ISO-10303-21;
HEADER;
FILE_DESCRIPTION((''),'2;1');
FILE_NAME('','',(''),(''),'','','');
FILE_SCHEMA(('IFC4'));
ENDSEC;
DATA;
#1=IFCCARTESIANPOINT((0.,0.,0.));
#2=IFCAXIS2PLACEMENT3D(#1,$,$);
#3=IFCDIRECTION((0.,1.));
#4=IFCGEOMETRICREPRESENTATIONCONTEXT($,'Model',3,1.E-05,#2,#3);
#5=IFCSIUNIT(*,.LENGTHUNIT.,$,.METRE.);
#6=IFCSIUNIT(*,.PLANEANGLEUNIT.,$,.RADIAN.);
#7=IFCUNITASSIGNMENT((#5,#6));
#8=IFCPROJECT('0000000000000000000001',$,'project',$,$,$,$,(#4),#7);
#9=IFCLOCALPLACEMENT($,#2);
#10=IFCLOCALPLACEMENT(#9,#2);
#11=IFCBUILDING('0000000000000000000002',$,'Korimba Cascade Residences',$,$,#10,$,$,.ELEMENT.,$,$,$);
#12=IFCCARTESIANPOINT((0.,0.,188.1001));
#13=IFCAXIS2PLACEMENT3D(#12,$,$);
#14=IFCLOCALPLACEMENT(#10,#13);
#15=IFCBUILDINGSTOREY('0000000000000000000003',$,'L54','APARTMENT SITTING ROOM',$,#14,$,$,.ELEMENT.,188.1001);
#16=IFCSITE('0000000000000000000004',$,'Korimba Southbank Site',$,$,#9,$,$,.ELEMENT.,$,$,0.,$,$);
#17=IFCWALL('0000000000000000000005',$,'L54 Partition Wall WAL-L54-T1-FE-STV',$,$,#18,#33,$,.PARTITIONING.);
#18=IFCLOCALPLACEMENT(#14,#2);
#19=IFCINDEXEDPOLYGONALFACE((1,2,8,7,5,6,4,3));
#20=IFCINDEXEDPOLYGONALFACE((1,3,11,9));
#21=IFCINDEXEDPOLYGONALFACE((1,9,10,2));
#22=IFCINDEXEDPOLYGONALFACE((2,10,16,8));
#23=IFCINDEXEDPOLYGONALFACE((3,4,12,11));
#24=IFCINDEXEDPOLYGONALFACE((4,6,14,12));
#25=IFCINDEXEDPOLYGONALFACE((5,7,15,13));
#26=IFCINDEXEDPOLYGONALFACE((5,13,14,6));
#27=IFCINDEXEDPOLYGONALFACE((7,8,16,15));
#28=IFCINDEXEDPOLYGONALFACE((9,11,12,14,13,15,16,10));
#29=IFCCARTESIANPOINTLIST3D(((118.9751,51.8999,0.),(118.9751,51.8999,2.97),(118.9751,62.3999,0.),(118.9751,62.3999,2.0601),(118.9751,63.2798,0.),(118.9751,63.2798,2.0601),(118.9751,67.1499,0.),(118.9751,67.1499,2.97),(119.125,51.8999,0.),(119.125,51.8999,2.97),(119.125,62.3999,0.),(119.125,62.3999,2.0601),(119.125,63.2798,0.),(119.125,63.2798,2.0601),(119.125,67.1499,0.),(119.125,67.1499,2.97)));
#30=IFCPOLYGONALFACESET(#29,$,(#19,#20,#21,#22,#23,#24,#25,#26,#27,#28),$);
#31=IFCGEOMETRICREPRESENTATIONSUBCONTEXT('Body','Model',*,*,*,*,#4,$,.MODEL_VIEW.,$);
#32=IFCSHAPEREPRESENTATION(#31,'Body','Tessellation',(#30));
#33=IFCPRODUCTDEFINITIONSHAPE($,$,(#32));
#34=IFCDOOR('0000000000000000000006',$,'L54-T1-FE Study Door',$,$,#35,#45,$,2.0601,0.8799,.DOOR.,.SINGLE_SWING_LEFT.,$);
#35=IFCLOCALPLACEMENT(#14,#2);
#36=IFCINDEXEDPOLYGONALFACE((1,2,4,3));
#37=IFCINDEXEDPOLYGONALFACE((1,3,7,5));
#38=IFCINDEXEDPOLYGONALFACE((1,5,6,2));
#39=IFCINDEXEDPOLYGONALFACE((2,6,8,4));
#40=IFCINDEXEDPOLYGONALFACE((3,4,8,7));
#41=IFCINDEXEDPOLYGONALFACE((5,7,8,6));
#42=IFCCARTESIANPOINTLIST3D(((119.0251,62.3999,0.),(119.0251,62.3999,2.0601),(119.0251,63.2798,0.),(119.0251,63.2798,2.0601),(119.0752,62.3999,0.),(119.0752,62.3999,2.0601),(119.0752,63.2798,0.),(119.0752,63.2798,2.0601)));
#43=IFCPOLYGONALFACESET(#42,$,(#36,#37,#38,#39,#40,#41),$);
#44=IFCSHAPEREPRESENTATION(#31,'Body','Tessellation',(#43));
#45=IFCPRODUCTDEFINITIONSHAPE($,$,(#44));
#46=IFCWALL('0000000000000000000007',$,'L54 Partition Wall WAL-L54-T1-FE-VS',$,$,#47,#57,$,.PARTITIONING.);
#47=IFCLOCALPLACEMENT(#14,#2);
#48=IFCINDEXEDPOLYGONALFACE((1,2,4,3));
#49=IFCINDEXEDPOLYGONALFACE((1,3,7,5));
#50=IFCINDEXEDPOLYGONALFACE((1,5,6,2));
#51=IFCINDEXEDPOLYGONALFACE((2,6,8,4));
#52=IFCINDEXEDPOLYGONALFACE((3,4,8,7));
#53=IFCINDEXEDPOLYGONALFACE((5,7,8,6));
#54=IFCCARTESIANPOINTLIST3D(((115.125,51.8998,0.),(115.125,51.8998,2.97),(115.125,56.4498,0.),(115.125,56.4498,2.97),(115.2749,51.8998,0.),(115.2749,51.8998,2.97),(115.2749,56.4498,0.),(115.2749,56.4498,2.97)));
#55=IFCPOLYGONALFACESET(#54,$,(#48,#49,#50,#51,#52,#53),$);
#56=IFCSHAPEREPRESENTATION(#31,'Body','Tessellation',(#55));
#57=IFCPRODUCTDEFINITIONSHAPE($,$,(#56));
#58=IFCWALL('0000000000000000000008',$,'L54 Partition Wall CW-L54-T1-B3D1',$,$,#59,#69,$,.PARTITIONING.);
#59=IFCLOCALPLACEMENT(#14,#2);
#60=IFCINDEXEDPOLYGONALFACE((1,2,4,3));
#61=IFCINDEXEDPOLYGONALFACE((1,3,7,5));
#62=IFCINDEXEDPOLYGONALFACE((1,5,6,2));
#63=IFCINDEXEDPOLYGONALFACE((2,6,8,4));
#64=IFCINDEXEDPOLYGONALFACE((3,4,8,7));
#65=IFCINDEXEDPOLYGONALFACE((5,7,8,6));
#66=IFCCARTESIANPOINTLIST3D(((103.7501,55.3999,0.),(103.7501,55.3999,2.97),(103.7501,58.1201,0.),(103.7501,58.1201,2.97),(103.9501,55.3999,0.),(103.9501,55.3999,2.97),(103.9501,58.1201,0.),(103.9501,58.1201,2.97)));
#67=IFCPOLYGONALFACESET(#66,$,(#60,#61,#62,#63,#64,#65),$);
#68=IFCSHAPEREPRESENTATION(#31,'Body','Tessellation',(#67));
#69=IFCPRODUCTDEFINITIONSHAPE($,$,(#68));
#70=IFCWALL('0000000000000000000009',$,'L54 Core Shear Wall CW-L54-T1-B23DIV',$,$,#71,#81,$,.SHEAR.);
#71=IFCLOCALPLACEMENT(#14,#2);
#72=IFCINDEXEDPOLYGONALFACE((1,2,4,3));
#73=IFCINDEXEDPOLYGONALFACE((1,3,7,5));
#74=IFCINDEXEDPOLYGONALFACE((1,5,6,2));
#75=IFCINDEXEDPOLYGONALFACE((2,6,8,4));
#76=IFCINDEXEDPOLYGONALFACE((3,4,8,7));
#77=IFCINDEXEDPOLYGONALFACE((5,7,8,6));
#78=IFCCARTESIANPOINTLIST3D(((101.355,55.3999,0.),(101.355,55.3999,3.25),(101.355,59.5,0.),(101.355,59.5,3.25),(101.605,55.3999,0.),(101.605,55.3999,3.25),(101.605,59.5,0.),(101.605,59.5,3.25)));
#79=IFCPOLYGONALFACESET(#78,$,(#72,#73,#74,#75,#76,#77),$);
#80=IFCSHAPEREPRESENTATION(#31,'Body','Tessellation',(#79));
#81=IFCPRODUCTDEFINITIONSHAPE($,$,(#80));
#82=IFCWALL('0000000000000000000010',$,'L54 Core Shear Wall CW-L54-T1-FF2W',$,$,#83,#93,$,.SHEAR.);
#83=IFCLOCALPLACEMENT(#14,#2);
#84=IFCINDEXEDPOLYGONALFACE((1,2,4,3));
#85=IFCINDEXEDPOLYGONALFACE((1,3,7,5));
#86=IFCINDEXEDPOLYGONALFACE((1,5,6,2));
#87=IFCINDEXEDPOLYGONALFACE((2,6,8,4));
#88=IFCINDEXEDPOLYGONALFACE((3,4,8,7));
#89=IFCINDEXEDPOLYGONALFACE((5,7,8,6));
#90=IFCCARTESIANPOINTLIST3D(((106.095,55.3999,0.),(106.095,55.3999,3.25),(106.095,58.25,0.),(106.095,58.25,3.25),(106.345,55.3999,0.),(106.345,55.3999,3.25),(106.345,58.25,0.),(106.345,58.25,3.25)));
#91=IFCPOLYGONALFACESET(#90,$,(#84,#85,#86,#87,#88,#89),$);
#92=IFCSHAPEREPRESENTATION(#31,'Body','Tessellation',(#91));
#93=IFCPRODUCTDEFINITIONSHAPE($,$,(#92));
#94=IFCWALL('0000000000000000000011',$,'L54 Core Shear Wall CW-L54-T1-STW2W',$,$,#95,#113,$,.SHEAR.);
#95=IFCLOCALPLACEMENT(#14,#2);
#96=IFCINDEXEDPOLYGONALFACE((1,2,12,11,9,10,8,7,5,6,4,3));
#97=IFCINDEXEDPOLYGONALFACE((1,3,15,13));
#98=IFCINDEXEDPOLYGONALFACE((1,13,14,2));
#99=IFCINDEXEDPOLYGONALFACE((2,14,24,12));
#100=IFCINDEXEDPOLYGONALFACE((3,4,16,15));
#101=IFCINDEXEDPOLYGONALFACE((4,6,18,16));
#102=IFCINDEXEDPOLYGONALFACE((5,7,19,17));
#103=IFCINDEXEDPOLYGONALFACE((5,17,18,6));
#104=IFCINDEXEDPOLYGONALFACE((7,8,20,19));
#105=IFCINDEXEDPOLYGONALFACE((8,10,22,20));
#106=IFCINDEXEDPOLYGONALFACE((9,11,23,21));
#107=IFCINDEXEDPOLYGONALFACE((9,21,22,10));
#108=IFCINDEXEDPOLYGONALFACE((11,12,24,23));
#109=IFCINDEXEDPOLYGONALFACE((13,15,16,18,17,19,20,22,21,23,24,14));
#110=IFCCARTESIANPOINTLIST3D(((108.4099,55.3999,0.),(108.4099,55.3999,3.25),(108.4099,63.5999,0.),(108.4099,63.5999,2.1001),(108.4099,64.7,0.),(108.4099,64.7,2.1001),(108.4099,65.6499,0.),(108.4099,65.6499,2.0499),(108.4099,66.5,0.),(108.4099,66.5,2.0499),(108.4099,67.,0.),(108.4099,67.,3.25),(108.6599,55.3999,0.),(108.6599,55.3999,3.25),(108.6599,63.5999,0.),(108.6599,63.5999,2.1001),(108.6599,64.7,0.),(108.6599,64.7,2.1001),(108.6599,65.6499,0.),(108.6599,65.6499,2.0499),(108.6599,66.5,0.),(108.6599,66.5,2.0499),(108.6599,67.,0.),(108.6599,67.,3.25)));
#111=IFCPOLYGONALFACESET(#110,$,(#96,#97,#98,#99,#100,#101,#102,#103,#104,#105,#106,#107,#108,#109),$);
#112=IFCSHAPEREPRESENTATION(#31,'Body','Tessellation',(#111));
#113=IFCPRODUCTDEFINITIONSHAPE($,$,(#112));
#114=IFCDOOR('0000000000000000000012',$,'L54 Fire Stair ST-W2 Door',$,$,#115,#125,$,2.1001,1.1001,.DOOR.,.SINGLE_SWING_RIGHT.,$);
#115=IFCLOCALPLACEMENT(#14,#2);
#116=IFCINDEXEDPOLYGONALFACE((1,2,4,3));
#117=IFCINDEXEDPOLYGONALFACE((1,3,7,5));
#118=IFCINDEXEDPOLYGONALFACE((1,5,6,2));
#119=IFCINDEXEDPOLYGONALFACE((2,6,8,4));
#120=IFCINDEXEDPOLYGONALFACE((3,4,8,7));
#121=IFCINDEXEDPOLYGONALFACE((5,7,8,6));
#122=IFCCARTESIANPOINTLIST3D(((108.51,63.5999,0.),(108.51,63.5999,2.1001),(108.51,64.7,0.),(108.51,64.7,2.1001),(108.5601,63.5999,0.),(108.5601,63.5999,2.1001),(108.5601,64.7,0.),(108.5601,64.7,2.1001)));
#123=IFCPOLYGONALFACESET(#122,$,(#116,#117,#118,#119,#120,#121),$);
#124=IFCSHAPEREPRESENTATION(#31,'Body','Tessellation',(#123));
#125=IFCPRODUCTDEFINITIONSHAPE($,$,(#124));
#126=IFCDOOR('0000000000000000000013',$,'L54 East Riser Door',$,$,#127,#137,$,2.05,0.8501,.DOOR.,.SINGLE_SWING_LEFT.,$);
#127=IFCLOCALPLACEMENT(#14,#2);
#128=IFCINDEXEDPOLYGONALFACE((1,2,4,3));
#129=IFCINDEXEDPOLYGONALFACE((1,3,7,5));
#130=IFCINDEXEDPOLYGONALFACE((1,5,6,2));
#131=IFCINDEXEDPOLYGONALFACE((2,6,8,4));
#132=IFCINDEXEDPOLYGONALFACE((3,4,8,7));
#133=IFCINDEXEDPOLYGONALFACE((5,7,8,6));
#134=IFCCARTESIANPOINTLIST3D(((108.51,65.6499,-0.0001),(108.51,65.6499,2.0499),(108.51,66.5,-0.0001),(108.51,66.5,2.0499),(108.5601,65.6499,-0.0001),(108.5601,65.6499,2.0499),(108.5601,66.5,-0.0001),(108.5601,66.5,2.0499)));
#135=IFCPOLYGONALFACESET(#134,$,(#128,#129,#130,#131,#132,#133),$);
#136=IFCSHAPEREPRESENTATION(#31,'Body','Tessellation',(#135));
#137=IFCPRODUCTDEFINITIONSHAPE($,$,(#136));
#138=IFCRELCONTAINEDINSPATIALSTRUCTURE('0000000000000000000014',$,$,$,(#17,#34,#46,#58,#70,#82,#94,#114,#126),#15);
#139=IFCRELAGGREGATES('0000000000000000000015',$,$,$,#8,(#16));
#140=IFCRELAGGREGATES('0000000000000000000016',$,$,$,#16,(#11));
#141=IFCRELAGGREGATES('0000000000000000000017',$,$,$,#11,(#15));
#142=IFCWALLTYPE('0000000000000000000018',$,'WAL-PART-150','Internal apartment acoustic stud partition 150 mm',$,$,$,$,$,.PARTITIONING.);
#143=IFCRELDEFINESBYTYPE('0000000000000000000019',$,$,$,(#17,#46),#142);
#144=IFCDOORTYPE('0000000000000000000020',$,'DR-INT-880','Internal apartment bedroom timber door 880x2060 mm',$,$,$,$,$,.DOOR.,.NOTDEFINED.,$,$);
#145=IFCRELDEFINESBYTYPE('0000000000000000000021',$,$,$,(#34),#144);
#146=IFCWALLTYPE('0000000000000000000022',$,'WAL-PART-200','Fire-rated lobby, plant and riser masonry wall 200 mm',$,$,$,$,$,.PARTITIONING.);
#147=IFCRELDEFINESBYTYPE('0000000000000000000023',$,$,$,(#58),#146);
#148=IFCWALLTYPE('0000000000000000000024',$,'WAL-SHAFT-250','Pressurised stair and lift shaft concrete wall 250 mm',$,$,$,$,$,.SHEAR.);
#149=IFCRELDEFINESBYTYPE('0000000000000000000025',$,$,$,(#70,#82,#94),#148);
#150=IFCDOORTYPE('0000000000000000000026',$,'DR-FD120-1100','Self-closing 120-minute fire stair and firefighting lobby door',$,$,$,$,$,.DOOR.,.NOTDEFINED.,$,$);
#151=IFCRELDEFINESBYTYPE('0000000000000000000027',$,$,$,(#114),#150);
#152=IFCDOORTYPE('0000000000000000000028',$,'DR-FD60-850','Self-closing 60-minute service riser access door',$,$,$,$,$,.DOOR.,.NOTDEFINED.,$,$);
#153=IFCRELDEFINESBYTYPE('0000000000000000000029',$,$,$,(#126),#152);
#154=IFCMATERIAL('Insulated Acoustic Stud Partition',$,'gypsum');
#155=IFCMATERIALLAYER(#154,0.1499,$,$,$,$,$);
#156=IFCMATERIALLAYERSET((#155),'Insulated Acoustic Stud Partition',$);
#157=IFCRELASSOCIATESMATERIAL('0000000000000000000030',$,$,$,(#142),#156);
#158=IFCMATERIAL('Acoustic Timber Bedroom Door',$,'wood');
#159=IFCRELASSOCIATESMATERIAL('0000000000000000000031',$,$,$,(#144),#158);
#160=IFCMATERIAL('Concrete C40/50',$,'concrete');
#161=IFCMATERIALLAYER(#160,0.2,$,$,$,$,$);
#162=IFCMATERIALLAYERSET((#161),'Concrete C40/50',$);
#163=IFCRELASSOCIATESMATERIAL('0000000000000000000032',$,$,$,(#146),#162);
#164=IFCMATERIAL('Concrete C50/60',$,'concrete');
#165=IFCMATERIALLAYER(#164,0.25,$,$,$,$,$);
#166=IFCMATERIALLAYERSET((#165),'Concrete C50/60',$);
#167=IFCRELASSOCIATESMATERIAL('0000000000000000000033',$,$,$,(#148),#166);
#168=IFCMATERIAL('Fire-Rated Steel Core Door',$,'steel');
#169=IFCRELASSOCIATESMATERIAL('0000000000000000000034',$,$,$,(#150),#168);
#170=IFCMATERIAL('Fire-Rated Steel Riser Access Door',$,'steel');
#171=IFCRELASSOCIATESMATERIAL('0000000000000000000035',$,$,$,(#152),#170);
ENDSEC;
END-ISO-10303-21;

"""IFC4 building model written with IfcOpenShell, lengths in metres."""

from ifc_helpers import new_model, si_unit, direction, frame, frame_2d, origin, place, context, subcontext, project, spatial, rectangle, extrude, material, layer, layer_set, type_object, element, fill, save


model = new_model("IFC4")

# Units and contexts
model_context = context("Model", 3, precision=1e-05, world=origin(), true_north=direction((0.0, 1.0)))
body_context = subcontext(model_context, "Body", "Model", "MODEL_VIEW")
ifc_project = project(units=[si_unit("LENGTHUNIT", "METRE"), si_unit("PLANEANGLEUNIT", "RADIAN")], contexts=[model_context])

# Site, building, storey
site_placement = place(None, origin())
site = spatial("IfcSite", under=ifc_project, at=site_placement, Name="Korimba Southbank Site", CompositionType="ELEMENT", RefElevation=0.0)
building_placement = place(site_placement, origin())
building = spatial("IfcBuilding", under=site, at=building_placement, Name="Korimba Cascade Residences", CompositionType="ELEMENT")
storey_placement = place(building_placement, frame((0.0, 0.0, 188.1001)))
storey = spatial("IfcBuildingStorey", under=building, at=storey_placement, Name="L54", Description="APARTMENT SITTING ROOM", CompositionType="ELEMENT", Elevation=188.1001)

# Shared definitions
ifc_material_1 = material(Name="Concrete C50/60", Category="concrete")

# Wall, opening, door
ifc_material_2 = material(Name="Insulated Acoustic Stud Partition", Category="gypsum")
ifc_layer_1 = layer(ifc_material_2, 0.1499)
ifc_layer_set_1 = layer_set([ifc_layer_1], Name="Insulated Acoustic Stud Partition")
wall_type_1 = type_object("IfcWallType", Name="WAL-PART-150", Description="Internal apartment acoustic stud partition 150 mm", PredefinedType="PARTITIONING", material=ifc_layer_set_1)
wall_1_placement = place(storey_placement, frame((119.05, 51.8999, 0.0), z_axis=(0.0, 0.0, 1.0), x_axis=(0.0, 1.0, 0.0)))
wall_1 = element("IfcWall", 1, at=wall_1_placement, inside=storey, type_object=wall_type_1, Name="L54 Partition Wall WAL-L54-T1-FE-STV", PredefinedType="PARTITIONING", context=body_context, shape_type="SweptSolid", body=[
    extrude(rectangle(XDim=15.25, YDim=0.1499, at=frame_2d((7.625, 0.0))), origin(), (0.0, 0.0, 1.0), 2.97),
])
opening_1_placement = place(wall_1_placement, frame((10.5, 0.0, 0.0)))
opening_1 = element("IfcOpeningElement", 2, at=opening_1_placement, cuts=wall_1, PredefinedType="OPENING", context=body_context, shape_type="SweptSolid", body=[
    extrude(rectangle(XDim=0.8799, YDim=2.0601, at=frame_2d((0.4399, 1.03))), frame((0.0, 0.085, 0.0), z_axis=(0.0, -1.0, 0.0), x_axis=(1.0, 0.0, 0.0)), (0.0, 0.0, 1.0), 0.1699),
])
ifc_material_3 = material(Name="Acoustic Timber Bedroom Door", Category="wood")
door_type_1 = type_object("IfcDoorType", Name="DR-INT-880", Description="Internal apartment bedroom timber door 880x2060 mm", OperationType="NOTDEFINED", PredefinedType="DOOR", material=ifc_material_3)
door_1_placement = place(opening_1_placement, origin())
door_1 = element("IfcDoor", 3, at=door_1_placement, inside=storey, type_object=door_type_1, Name="L54-T1-FE Study Door", OperationType="SINGLE_SWING_LEFT", OverallHeight=2.0601, OverallWidth=0.8799, PredefinedType="DOOR", context=body_context, shape_type="SweptSolid", body=[
    extrude(rectangle(XDim=0.8799, YDim=2.0601, at=frame_2d((0.4399, 1.03))), frame((0.0, 0.0249, 0.0), z_axis=(0.0, -1.0, 0.0), x_axis=(1.0, 0.0, 0.0)), (0.0, 0.0, 1.0), 0.05),
])
fill(opening_1, door_1)

# Walls
wall_2_placement = place(storey_placement, frame((115.2, 51.8999, 0.0), z_axis=(0.0, 0.0, 1.0), x_axis=(0.0, 1.0, 0.0)))
element("IfcWall", 4, at=wall_2_placement, inside=storey, type_object=wall_type_1, Name="L54 Partition Wall WAL-L54-T1-FE-VS", PredefinedType="PARTITIONING", context=body_context, shape_type="SweptSolid", body=[
    extrude(rectangle(XDim=4.55, YDim=0.1499, at=frame_2d((2.2749, 0.0))), origin(), (0.0, 0.0, 1.0), 2.97),
])
ifc_material_4 = material(Name="Concrete C40/50", Category="concrete")
ifc_layer_2 = layer(ifc_material_4, 0.2)
ifc_layer_set_2 = layer_set([ifc_layer_2], Name="Concrete C40/50")
wall_type_2 = type_object("IfcWallType", Name="WAL-PART-200", Description="Fire-rated lobby, plant and riser masonry wall 200 mm", PredefinedType="PARTITIONING", material=ifc_layer_set_2)
wall_3_placement = place(storey_placement, frame((103.8501, 55.3999, 0.0), z_axis=(0.0, 0.0, 1.0), x_axis=(0.0, 1.0, 0.0)))
element("IfcWall", 5, at=wall_3_placement, inside=storey, type_object=wall_type_2, Name="L54 Partition Wall CW-L54-T1-B3D1", PredefinedType="PARTITIONING", context=body_context, shape_type="SweptSolid", body=[
    extrude(rectangle(XDim=2.7202, YDim=0.2, at=frame_2d((1.3601, 0.0))), origin(), (0.0, 0.0, 1.0), 2.97),
])
ifc_layer_3 = layer(ifc_material_1, 0.25)
ifc_layer_set_3 = layer_set([ifc_layer_3], Name="Concrete C50/60")
wall_type_3 = type_object("IfcWallType", Name="WAL-SHAFT-250", Description="Pressurised stair and lift shaft concrete wall 250 mm", PredefinedType="SHEAR", material=ifc_layer_set_3)
wall_4_placement = place(storey_placement, frame((101.48, 55.3999, 0.0), z_axis=(0.0, 0.0, 1.0), x_axis=(0.0, 1.0, 0.0)))
element("IfcWall", 6, at=wall_4_placement, inside=storey, type_object=wall_type_3, Name="L54 Core Shear Wall CW-L54-T1-B23DIV", PredefinedType="SHEAR", context=body_context, shape_type="SweptSolid", body=[
    extrude(rectangle(XDim=4.1001, YDim=0.25, at=frame_2d((2.05, 0.0))), origin(), (0.0, 0.0, 1.0), 3.25),
])
wall_5_placement = place(storey_placement, frame((106.22, 55.3999, 0.0), z_axis=(0.0, 0.0, 1.0), x_axis=(0.0, 1.0, 0.0)))
element("IfcWall", 7, at=wall_5_placement, inside=storey, type_object=wall_type_3, Name="L54 Core Shear Wall CW-L54-T1-FF2W", PredefinedType="SHEAR", context=body_context, shape_type="SweptSolid", body=[
    extrude(rectangle(XDim=2.8501, YDim=0.25, at=frame_2d((1.425, 0.0))), origin(), (0.0, 0.0, 1.0), 3.25),
])

# Wall, openings, doors
wall_6_placement = place(storey_placement, frame((108.5349, 55.3999, 0.0), z_axis=(0.0, 0.0, 1.0), x_axis=(0.0, 1.0, 0.0)))
wall_6 = element("IfcWall", 8, at=wall_6_placement, inside=storey, type_object=wall_type_3, Name="L54 Core Shear Wall CW-L54-T1-STW2W", PredefinedType="SHEAR", context=body_context, shape_type="SweptSolid", body=[
    extrude(rectangle(XDim=11.6001, YDim=0.25, at=frame_2d((5.8, 0.0))), origin(), (0.0, 0.0, 1.0), 3.25),
])
opening_2_placement = place(wall_6_placement, frame((8.2, 0.0, 0.0)))
opening_2 = element("IfcOpeningElement", 9, at=opening_2_placement, cuts=wall_6, PredefinedType="OPENING", context=body_context, shape_type="SweptSolid", body=[
    extrude(rectangle(XDim=1.1001, YDim=2.1001, at=frame_2d((0.55, 1.05))), frame((0.0, 0.135, 0.0), z_axis=(0.0, -1.0, 0.0), x_axis=(1.0, 0.0, 0.0)), (0.0, 0.0, 1.0), 0.27),
])
opening_3_placement = place(wall_6_placement, frame((10.25, 0.0, 0.0)))
opening_3 = element("IfcOpeningElement", 10, at=opening_3_placement, cuts=wall_6, PredefinedType="OPENING", context=body_context, shape_type="SweptSolid", body=[
    extrude(rectangle(XDim=0.8501, YDim=2.05, at=frame_2d((0.425, 1.0249))), frame((0.0, 0.135, 0.0), z_axis=(0.0, -1.0, 0.0), x_axis=(1.0, 0.0, 0.0)), (0.0, 0.0, 1.0), 0.27),
])
ifc_material_5 = material(Name="Fire-Rated Steel Core Door", Category="steel")
door_type_2 = type_object("IfcDoorType", Name="DR-FD120-1100", Description="Self-closing 120-minute fire stair and firefighting lobby door", OperationType="NOTDEFINED", PredefinedType="DOOR", material=ifc_material_5)
door_2_placement = place(opening_2_placement, origin())
door_2 = element("IfcDoor", 11, at=door_2_placement, inside=storey, type_object=door_type_2, Name="L54 Fire Stair ST-W2 Door", OperationType="SINGLE_SWING_RIGHT", OverallHeight=2.1001, OverallWidth=1.1001, PredefinedType="DOOR", context=body_context, shape_type="SweptSolid", body=[
    extrude(rectangle(XDim=1.1001, YDim=2.1001, at=frame_2d((0.55, 1.05))), frame((0.0, 0.0249, 0.0), z_axis=(0.0, -1.0, 0.0), x_axis=(1.0, 0.0, 0.0)), (0.0, 0.0, 1.0), 0.05),
])
fill(opening_2, door_2)
ifc_material_6 = material(Name="Fire-Rated Steel Riser Access Door", Category="steel")
door_type_3 = type_object("IfcDoorType", Name="DR-FD60-850", Description="Self-closing 60-minute service riser access door", OperationType="NOTDEFINED", PredefinedType="DOOR", material=ifc_material_6)
door_3_placement = place(opening_3_placement, origin())
door_3 = element("IfcDoor", 12, at=door_3_placement, inside=storey, type_object=door_type_3, Name="L54 East Riser Door", OperationType="SINGLE_SWING_LEFT", OverallHeight=2.05, OverallWidth=0.8501, PredefinedType="DOOR", context=body_context, shape_type="SweptSolid", body=[
    extrude(rectangle(XDim=0.8501, YDim=2.05, at=frame_2d((0.425, 1.0249))), frame((0.0, 0.0249, 0.0), z_axis=(0.0, -1.0, 0.0), x_axis=(1.0, 0.0, 0.0)), (0.0, 0.0, 1.0), 0.05),
])
fill(opening_3, door_3)

save(model, "model.ifc")
